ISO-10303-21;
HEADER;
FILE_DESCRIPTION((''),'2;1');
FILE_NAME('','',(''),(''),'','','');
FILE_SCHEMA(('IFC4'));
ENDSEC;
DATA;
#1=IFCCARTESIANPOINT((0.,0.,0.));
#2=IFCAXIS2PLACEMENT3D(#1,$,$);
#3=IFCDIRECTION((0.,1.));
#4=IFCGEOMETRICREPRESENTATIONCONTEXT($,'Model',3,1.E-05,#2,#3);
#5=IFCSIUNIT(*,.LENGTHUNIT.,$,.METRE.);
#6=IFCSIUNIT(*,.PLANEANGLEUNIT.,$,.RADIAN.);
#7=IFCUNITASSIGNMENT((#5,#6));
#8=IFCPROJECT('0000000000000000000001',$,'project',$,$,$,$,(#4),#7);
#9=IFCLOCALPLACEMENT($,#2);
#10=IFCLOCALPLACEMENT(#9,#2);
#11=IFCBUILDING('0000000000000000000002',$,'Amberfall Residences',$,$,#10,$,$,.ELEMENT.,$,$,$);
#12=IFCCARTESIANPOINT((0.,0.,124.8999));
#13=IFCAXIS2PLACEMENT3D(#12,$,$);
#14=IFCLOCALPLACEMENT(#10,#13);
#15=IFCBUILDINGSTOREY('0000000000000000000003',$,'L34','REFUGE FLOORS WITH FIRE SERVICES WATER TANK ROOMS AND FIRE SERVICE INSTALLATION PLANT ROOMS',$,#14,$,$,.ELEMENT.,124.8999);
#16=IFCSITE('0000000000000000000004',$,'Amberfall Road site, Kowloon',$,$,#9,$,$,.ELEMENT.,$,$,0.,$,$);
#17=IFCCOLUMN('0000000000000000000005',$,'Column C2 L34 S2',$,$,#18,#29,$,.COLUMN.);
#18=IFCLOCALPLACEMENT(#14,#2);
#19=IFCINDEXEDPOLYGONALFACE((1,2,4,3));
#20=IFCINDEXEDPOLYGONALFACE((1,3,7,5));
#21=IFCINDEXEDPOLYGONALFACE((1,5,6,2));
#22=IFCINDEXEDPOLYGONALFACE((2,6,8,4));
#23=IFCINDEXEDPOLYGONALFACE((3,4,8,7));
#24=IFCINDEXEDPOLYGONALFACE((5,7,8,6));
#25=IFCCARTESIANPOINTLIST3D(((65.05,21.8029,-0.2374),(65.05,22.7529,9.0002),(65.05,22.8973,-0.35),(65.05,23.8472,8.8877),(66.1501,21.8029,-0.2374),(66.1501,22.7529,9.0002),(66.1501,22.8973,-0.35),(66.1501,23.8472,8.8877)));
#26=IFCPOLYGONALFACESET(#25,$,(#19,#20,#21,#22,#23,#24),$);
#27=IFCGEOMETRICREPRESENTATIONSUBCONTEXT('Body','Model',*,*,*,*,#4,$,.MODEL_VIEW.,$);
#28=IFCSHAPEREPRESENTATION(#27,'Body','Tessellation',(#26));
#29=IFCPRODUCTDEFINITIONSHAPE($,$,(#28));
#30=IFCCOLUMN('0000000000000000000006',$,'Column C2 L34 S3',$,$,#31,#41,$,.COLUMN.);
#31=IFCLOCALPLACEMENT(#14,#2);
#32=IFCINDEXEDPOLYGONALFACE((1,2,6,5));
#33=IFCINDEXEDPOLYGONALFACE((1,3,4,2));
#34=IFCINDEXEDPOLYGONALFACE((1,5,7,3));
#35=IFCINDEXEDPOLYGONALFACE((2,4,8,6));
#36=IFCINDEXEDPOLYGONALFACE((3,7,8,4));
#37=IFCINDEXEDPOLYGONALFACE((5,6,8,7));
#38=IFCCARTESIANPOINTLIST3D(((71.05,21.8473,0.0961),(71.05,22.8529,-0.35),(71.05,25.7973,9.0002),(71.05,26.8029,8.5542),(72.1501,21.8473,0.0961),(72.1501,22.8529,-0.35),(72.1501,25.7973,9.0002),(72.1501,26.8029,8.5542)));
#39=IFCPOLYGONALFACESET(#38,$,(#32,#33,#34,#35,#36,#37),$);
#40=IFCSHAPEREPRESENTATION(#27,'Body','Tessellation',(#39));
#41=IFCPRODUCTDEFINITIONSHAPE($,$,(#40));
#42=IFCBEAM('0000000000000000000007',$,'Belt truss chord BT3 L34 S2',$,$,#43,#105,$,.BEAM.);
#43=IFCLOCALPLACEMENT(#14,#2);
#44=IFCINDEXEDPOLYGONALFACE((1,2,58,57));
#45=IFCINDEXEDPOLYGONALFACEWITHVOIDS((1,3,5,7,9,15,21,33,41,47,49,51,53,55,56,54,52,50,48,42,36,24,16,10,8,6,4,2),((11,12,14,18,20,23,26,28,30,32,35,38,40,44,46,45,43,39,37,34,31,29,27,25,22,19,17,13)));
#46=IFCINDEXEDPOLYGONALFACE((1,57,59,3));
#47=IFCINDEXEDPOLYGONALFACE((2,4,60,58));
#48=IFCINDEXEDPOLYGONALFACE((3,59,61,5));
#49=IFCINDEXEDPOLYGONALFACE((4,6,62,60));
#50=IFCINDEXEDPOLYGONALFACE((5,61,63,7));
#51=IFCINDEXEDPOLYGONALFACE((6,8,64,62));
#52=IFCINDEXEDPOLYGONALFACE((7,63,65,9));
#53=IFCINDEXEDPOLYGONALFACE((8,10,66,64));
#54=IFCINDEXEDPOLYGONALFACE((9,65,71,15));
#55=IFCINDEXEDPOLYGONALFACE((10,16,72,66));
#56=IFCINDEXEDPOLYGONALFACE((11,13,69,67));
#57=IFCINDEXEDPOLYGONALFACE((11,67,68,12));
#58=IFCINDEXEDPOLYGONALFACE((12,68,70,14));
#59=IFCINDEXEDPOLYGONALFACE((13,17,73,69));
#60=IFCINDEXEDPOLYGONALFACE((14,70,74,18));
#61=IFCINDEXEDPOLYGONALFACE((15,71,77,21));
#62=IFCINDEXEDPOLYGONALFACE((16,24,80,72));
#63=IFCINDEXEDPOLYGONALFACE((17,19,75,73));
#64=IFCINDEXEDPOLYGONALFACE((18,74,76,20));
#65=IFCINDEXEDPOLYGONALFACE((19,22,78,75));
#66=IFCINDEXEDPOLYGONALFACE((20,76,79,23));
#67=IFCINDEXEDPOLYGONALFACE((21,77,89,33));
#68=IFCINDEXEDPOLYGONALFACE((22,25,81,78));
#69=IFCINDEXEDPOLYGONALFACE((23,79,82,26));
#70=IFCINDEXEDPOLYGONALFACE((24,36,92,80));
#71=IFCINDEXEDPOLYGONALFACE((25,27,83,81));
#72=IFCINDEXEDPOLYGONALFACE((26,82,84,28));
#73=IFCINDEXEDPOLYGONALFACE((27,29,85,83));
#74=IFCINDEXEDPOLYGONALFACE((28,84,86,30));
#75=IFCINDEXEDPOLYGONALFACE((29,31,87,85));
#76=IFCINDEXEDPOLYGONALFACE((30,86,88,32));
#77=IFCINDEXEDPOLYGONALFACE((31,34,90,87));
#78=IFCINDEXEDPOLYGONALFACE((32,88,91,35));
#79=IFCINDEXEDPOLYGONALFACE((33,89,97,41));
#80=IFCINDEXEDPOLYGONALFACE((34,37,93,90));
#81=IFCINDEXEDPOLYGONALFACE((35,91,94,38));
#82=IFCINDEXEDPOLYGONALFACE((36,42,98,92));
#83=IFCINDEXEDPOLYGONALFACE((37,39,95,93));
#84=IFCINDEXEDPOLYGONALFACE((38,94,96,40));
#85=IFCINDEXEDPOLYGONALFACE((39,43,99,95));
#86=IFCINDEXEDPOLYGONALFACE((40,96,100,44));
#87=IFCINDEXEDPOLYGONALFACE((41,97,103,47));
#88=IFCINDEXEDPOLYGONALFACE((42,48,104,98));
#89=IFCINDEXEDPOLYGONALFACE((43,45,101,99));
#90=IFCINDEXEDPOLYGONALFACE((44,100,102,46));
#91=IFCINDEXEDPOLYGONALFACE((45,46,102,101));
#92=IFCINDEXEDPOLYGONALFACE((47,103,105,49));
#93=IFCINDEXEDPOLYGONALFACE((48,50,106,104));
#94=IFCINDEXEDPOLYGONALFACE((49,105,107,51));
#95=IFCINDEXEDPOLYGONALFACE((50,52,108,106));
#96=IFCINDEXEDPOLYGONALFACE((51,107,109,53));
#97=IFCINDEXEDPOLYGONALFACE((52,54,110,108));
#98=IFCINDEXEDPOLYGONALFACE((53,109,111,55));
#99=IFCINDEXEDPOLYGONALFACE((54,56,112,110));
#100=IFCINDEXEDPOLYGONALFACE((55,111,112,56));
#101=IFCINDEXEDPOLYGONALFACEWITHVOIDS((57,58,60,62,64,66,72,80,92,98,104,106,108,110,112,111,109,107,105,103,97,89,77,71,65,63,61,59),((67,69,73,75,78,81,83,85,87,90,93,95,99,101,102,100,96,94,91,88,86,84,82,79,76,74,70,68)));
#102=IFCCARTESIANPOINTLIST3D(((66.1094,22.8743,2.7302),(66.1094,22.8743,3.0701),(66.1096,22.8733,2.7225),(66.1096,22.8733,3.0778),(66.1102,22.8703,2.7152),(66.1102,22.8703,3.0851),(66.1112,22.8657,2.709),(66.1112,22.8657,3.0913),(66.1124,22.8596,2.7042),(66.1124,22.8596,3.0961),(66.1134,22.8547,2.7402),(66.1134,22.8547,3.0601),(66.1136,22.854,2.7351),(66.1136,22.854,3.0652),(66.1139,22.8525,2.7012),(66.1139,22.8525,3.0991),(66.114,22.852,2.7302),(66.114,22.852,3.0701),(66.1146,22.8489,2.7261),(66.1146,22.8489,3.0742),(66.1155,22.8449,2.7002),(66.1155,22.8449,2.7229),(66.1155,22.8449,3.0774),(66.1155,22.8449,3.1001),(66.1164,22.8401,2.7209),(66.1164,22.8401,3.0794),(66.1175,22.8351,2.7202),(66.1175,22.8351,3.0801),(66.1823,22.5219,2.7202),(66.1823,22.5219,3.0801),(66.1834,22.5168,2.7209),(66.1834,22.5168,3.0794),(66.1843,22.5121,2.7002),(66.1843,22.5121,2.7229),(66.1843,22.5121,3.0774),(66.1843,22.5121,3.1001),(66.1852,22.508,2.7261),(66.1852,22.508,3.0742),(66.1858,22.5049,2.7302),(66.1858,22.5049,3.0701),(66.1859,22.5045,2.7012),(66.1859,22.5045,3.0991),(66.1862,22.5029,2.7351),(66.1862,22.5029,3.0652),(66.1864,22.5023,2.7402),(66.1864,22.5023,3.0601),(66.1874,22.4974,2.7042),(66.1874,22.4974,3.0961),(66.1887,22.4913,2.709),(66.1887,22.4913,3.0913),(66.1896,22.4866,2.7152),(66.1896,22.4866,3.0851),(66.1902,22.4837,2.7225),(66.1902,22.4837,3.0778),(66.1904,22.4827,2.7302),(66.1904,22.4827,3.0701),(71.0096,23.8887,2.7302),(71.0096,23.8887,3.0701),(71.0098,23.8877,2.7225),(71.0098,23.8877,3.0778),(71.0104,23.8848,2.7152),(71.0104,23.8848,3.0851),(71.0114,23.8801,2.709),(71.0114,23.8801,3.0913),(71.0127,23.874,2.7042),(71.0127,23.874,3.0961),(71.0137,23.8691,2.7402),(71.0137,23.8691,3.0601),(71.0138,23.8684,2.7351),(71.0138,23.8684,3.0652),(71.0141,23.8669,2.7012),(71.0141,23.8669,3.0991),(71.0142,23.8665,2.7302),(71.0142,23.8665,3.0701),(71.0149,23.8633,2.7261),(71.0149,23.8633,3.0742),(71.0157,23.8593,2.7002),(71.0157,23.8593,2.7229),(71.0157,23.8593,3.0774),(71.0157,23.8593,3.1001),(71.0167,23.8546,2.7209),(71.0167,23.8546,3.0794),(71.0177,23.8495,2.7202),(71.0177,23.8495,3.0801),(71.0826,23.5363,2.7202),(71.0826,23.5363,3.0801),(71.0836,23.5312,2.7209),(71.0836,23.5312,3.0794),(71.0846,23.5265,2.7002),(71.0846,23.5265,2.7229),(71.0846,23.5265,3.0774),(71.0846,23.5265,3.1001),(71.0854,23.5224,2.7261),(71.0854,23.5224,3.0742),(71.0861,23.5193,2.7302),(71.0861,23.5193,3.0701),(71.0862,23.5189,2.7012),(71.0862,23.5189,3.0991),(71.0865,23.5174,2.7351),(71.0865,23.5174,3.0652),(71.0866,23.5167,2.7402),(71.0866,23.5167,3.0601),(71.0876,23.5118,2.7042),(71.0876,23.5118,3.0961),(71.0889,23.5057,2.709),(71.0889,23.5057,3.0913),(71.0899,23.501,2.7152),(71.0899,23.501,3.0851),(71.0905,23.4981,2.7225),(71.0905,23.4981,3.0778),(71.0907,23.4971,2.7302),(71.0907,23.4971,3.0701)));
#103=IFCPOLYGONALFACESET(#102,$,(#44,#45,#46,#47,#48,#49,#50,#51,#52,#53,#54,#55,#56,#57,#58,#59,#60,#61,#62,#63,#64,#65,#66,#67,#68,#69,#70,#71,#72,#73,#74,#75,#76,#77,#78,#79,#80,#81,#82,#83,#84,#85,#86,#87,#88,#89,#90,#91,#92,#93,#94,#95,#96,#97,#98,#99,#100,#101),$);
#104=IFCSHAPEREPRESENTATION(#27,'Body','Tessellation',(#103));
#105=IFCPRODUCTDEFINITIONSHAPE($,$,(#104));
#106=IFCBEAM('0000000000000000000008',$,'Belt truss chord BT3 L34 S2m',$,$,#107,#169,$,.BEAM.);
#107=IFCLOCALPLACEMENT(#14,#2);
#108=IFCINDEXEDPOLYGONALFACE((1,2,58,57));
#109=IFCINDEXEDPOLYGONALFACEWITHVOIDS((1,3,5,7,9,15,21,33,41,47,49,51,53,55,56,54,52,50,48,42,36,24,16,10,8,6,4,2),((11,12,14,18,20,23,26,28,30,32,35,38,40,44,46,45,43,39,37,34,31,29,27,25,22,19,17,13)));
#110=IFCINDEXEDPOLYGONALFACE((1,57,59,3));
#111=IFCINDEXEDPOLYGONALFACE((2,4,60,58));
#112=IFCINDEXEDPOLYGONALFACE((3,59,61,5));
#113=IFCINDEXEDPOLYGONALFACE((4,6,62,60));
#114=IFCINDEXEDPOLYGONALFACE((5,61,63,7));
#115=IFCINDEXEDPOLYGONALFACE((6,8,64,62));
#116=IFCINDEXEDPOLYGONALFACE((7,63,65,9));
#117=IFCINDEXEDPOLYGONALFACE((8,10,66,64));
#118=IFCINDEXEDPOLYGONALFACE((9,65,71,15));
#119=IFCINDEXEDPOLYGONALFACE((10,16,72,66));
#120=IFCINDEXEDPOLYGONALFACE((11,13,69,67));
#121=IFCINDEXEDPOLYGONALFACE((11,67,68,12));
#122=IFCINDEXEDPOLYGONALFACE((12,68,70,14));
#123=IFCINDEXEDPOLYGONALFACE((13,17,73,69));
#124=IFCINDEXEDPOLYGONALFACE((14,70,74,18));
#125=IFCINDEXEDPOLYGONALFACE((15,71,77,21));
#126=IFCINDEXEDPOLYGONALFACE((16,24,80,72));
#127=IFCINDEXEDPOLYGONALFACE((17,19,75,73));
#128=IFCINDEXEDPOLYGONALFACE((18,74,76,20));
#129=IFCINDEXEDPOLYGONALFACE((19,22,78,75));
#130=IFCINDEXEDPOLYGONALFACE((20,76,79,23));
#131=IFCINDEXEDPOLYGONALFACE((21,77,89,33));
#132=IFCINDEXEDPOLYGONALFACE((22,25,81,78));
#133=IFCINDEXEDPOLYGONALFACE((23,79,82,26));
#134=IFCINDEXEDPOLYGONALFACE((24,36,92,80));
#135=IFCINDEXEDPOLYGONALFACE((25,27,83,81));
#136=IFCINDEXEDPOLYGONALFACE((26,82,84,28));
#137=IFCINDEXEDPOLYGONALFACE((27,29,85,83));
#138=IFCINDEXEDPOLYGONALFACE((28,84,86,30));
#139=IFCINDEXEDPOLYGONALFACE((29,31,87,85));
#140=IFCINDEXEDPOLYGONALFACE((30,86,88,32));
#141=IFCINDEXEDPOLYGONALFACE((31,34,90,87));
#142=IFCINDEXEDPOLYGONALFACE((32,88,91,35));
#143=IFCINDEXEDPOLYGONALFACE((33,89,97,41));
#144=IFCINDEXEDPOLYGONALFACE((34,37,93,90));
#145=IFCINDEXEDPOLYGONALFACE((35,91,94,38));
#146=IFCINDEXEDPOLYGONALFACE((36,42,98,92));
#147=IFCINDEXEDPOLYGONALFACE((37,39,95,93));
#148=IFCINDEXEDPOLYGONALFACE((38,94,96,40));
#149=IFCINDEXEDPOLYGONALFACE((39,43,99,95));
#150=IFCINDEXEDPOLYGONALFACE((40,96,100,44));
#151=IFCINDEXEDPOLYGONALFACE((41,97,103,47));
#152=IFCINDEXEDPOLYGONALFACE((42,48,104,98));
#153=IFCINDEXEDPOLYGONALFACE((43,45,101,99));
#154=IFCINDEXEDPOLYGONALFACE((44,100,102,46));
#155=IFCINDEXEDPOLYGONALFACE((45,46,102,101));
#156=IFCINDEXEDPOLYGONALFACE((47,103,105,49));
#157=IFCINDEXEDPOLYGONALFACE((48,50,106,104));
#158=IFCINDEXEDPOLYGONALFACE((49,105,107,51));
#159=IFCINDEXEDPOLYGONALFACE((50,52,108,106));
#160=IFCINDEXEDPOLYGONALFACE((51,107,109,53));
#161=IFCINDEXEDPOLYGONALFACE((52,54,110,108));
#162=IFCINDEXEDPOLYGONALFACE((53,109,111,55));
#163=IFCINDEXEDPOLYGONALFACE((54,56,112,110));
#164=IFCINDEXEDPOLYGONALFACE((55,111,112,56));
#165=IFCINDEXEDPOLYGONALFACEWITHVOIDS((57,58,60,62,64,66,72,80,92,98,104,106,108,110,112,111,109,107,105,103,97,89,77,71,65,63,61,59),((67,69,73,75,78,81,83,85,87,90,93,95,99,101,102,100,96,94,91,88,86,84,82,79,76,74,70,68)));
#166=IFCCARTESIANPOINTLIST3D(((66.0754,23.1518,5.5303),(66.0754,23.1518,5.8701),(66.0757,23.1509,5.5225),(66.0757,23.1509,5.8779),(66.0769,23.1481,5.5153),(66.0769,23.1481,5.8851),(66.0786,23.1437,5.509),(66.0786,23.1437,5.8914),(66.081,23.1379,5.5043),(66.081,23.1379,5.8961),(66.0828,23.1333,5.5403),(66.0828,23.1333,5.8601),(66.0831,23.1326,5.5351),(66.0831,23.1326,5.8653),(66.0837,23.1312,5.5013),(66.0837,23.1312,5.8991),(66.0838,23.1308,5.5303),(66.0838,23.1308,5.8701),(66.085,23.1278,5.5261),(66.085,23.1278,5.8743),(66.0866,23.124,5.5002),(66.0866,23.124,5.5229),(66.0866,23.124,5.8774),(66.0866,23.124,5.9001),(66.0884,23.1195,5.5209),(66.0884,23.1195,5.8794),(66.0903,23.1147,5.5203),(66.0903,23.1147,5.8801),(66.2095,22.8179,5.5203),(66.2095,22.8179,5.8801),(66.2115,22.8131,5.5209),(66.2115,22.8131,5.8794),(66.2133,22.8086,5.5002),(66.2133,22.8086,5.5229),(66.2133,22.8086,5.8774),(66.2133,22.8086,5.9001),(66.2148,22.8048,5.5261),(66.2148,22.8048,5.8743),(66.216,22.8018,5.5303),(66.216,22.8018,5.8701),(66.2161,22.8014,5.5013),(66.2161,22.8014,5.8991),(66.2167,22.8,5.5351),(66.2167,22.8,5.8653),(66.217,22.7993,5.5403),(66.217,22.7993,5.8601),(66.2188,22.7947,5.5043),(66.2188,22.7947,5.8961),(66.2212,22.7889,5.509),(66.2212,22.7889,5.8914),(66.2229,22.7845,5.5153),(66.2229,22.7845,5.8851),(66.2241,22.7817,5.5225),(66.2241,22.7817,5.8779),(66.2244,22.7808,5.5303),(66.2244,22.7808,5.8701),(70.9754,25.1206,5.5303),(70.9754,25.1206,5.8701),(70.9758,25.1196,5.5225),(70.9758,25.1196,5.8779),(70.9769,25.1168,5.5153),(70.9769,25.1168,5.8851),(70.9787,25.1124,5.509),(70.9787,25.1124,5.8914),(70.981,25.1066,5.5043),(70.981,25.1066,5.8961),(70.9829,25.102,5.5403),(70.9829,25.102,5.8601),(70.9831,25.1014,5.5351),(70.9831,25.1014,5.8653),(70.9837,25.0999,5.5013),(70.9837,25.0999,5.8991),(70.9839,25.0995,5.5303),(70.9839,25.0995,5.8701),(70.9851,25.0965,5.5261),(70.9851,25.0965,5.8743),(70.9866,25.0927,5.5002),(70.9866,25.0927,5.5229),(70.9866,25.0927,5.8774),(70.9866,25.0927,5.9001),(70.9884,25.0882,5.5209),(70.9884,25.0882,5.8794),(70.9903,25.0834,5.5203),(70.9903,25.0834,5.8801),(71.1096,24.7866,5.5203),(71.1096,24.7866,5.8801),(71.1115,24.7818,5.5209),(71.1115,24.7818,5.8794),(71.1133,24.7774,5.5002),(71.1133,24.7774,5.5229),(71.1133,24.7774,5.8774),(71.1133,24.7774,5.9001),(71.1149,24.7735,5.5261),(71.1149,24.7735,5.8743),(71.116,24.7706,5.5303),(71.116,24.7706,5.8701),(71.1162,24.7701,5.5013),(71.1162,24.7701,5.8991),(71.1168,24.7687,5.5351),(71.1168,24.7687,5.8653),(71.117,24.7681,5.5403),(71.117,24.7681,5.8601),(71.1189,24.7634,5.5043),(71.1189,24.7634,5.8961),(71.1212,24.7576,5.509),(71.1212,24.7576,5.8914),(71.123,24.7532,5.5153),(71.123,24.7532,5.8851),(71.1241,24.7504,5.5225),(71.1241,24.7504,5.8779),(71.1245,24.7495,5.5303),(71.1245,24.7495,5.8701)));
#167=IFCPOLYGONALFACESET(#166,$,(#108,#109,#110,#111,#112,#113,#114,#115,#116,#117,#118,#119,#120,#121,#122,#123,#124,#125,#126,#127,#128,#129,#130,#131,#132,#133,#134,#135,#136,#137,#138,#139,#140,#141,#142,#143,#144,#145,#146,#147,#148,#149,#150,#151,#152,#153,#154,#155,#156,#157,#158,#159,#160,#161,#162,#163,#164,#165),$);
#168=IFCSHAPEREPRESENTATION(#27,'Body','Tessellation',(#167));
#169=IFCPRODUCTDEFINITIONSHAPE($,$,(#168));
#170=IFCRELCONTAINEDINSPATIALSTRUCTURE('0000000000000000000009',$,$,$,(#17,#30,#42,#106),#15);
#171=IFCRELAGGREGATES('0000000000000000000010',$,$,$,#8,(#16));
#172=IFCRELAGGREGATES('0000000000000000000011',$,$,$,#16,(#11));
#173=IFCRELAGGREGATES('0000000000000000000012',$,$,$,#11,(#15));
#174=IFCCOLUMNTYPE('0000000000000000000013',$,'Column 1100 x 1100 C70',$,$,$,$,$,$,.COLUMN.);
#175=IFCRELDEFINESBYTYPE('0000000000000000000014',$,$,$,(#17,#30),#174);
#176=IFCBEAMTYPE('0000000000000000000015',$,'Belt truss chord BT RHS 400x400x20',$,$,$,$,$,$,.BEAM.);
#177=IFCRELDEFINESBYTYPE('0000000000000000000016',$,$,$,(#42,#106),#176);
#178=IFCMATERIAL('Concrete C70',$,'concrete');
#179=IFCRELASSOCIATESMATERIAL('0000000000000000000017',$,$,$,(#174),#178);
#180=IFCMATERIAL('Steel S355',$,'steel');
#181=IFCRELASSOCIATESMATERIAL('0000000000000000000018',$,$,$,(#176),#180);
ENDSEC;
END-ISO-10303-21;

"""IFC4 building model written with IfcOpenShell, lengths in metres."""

from ifc_helpers import new_model, si_unit, direction, frame, origin, origin_2d, place, context, subcontext, project, spatial, rectangle, hollow_rectangle, extrude, material, material_profile, profile_set, type_object, element, save


model = new_model("IFC4")

# Units and contexts
model_context = context("Model", 3, precision=1e-05, world=origin(), true_north=direction((0.0, 1.0)))
body_context = subcontext(model_context, "Body", "Model", "MODEL_VIEW")
ifc_project = project(units=[si_unit("LENGTHUNIT", "METRE"), si_unit("PLANEANGLEUNIT", "RADIAN")], contexts=[model_context])

# Site, building, storey
site_placement = place(None, origin())
site = spatial("IfcSite", under=ifc_project, at=site_placement, Name="Amberfall Road site, Kowloon", CompositionType="ELEMENT", RefElevation=0.0)
building_placement = place(site_placement, origin())
building = spatial("IfcBuilding", under=site, at=building_placement, Name="Amberfall Residences", CompositionType="ELEMENT")
storey_placement = place(building_placement, frame((0.0, 0.0, 124.8999)))
storey = spatial("IfcBuildingStorey", under=building, at=storey_placement, Name="L34", Description="REFUGE FLOORS WITH FIRE SERVICES WATER TANK ROOMS AND FIRE SERVICE INSTALLATION PLANT ROOMS", CompositionType="ELEMENT", Elevation=124.8999)

# Columns
ifc_material_1 = material(Name="Concrete C70", Category="concrete")
ifc_material_profile_1 = material_profile(ifc_material_1, rectangle(XDim=1.1001, YDim=1.1001, at=origin_2d()), Name="Column 1100 x 1100 C70")
ifc_profile_set_1 = profile_set([ifc_material_profile_1], Name="Concrete C70")
column_type = type_object("IfcColumnType", Name="Column 1100 x 1100 C70", PredefinedType="COLUMN", material=ifc_profile_set_1)
column_1_placement = place(storey_placement, frame((65.6001, 22.3501, -0.2937), z_axis=(0.0, 0.102296, 0.994754), x_axis=(-1.0, 0.0, 0.0)))
element("IfcColumn", 1, at=column_1_placement, inside=storey, type_object=column_type, Name="Column C2 L34 S2", PredefinedType="COLUMN", context=body_context, shape_type="SweptSolid", body=[
    extrude(rectangle(XDim=1.1001, YDim=1.1001, at=origin_2d()), origin(), (0.0, 0.0, 1.0), 9.2864),
])
column_2_placement = place(storey_placement, frame((71.6001, 22.3501, -0.127), z_axis=(0.0, 0.405504, 0.914093), x_axis=(-1.0, 0.0, 0.0)))
element("IfcColumn", 2, at=column_2_placement, inside=storey, type_object=column_type, Name="Column C2 L34 S3", PredefinedType="COLUMN", context=body_context, shape_type="SweptSolid", body=[
    extrude(rectangle(XDim=1.1001, YDim=1.1001, at=origin_2d()), origin(), (0.0, 0.0, 1.0), 9.741),
])

# Beams
ifc_material_2 = material(Name="Steel S355", Category="steel")
ifc_material_profile_2 = material_profile(ifc_material_2, hollow_rectangle(XDim=0.3999, YDim=0.3999, WallThickness=0.02, InnerFilletRadius=0.02, OuterFilletRadius=0.03, at=origin_2d()), Name="RHS 400x400x20")
ifc_profile_set_2 = profile_set([ifc_material_profile_2], Name="Steel S355")
beam_type_1 = type_object("IfcBeamType", Name="Belt truss chord BT RHS 400x400x20", PredefinedType="BEAM", material=ifc_profile_set_2)
beam_1_placement = place(storey_placement, frame((66.1499, 22.6785, 2.9001), z_axis=(0.979237, 0.202717, 0.0), x_axis=(-0.202717, 0.979237, 0.0)))
element("IfcBeam", 3, at=beam_1_placement, inside=storey, type_object=beam_type_1, Name="Belt truss chord BT3 L34 S2", PredefinedType="BEAM", context=body_context, shape_type="SweptSolid", body=[
    extrude(hollow_rectangle(XDim=0.3999, YDim=0.3999, WallThickness=0.02, InnerFilletRadius=0.02, OuterFilletRadius=0.03, at=origin_2d()), origin(), (0.0, 0.0, 1.0), 5.0042),
])
beam_2_placement = place(storey_placement, frame((66.1499, 22.9663, 5.7002), z_axis=(0.927908, 0.372809, 0.0), x_axis=(-0.372809, 0.927908, 0.0)))
element("IfcBeam", 4, at=beam_2_placement, inside=storey, type_object=beam_type_1, Name="Belt truss chord BT3 L34 S2m", PredefinedType="BEAM", context=body_context, shape_type="SweptSolid", body=[
    extrude(hollow_rectangle(XDim=0.3999, YDim=0.3999, WallThickness=0.02, InnerFilletRadius=0.02, OuterFilletRadius=0.03, at=origin_2d()), origin(), (0.0, 0.0, 1.0), 5.2808),
])

save(model, "model.ifc")
